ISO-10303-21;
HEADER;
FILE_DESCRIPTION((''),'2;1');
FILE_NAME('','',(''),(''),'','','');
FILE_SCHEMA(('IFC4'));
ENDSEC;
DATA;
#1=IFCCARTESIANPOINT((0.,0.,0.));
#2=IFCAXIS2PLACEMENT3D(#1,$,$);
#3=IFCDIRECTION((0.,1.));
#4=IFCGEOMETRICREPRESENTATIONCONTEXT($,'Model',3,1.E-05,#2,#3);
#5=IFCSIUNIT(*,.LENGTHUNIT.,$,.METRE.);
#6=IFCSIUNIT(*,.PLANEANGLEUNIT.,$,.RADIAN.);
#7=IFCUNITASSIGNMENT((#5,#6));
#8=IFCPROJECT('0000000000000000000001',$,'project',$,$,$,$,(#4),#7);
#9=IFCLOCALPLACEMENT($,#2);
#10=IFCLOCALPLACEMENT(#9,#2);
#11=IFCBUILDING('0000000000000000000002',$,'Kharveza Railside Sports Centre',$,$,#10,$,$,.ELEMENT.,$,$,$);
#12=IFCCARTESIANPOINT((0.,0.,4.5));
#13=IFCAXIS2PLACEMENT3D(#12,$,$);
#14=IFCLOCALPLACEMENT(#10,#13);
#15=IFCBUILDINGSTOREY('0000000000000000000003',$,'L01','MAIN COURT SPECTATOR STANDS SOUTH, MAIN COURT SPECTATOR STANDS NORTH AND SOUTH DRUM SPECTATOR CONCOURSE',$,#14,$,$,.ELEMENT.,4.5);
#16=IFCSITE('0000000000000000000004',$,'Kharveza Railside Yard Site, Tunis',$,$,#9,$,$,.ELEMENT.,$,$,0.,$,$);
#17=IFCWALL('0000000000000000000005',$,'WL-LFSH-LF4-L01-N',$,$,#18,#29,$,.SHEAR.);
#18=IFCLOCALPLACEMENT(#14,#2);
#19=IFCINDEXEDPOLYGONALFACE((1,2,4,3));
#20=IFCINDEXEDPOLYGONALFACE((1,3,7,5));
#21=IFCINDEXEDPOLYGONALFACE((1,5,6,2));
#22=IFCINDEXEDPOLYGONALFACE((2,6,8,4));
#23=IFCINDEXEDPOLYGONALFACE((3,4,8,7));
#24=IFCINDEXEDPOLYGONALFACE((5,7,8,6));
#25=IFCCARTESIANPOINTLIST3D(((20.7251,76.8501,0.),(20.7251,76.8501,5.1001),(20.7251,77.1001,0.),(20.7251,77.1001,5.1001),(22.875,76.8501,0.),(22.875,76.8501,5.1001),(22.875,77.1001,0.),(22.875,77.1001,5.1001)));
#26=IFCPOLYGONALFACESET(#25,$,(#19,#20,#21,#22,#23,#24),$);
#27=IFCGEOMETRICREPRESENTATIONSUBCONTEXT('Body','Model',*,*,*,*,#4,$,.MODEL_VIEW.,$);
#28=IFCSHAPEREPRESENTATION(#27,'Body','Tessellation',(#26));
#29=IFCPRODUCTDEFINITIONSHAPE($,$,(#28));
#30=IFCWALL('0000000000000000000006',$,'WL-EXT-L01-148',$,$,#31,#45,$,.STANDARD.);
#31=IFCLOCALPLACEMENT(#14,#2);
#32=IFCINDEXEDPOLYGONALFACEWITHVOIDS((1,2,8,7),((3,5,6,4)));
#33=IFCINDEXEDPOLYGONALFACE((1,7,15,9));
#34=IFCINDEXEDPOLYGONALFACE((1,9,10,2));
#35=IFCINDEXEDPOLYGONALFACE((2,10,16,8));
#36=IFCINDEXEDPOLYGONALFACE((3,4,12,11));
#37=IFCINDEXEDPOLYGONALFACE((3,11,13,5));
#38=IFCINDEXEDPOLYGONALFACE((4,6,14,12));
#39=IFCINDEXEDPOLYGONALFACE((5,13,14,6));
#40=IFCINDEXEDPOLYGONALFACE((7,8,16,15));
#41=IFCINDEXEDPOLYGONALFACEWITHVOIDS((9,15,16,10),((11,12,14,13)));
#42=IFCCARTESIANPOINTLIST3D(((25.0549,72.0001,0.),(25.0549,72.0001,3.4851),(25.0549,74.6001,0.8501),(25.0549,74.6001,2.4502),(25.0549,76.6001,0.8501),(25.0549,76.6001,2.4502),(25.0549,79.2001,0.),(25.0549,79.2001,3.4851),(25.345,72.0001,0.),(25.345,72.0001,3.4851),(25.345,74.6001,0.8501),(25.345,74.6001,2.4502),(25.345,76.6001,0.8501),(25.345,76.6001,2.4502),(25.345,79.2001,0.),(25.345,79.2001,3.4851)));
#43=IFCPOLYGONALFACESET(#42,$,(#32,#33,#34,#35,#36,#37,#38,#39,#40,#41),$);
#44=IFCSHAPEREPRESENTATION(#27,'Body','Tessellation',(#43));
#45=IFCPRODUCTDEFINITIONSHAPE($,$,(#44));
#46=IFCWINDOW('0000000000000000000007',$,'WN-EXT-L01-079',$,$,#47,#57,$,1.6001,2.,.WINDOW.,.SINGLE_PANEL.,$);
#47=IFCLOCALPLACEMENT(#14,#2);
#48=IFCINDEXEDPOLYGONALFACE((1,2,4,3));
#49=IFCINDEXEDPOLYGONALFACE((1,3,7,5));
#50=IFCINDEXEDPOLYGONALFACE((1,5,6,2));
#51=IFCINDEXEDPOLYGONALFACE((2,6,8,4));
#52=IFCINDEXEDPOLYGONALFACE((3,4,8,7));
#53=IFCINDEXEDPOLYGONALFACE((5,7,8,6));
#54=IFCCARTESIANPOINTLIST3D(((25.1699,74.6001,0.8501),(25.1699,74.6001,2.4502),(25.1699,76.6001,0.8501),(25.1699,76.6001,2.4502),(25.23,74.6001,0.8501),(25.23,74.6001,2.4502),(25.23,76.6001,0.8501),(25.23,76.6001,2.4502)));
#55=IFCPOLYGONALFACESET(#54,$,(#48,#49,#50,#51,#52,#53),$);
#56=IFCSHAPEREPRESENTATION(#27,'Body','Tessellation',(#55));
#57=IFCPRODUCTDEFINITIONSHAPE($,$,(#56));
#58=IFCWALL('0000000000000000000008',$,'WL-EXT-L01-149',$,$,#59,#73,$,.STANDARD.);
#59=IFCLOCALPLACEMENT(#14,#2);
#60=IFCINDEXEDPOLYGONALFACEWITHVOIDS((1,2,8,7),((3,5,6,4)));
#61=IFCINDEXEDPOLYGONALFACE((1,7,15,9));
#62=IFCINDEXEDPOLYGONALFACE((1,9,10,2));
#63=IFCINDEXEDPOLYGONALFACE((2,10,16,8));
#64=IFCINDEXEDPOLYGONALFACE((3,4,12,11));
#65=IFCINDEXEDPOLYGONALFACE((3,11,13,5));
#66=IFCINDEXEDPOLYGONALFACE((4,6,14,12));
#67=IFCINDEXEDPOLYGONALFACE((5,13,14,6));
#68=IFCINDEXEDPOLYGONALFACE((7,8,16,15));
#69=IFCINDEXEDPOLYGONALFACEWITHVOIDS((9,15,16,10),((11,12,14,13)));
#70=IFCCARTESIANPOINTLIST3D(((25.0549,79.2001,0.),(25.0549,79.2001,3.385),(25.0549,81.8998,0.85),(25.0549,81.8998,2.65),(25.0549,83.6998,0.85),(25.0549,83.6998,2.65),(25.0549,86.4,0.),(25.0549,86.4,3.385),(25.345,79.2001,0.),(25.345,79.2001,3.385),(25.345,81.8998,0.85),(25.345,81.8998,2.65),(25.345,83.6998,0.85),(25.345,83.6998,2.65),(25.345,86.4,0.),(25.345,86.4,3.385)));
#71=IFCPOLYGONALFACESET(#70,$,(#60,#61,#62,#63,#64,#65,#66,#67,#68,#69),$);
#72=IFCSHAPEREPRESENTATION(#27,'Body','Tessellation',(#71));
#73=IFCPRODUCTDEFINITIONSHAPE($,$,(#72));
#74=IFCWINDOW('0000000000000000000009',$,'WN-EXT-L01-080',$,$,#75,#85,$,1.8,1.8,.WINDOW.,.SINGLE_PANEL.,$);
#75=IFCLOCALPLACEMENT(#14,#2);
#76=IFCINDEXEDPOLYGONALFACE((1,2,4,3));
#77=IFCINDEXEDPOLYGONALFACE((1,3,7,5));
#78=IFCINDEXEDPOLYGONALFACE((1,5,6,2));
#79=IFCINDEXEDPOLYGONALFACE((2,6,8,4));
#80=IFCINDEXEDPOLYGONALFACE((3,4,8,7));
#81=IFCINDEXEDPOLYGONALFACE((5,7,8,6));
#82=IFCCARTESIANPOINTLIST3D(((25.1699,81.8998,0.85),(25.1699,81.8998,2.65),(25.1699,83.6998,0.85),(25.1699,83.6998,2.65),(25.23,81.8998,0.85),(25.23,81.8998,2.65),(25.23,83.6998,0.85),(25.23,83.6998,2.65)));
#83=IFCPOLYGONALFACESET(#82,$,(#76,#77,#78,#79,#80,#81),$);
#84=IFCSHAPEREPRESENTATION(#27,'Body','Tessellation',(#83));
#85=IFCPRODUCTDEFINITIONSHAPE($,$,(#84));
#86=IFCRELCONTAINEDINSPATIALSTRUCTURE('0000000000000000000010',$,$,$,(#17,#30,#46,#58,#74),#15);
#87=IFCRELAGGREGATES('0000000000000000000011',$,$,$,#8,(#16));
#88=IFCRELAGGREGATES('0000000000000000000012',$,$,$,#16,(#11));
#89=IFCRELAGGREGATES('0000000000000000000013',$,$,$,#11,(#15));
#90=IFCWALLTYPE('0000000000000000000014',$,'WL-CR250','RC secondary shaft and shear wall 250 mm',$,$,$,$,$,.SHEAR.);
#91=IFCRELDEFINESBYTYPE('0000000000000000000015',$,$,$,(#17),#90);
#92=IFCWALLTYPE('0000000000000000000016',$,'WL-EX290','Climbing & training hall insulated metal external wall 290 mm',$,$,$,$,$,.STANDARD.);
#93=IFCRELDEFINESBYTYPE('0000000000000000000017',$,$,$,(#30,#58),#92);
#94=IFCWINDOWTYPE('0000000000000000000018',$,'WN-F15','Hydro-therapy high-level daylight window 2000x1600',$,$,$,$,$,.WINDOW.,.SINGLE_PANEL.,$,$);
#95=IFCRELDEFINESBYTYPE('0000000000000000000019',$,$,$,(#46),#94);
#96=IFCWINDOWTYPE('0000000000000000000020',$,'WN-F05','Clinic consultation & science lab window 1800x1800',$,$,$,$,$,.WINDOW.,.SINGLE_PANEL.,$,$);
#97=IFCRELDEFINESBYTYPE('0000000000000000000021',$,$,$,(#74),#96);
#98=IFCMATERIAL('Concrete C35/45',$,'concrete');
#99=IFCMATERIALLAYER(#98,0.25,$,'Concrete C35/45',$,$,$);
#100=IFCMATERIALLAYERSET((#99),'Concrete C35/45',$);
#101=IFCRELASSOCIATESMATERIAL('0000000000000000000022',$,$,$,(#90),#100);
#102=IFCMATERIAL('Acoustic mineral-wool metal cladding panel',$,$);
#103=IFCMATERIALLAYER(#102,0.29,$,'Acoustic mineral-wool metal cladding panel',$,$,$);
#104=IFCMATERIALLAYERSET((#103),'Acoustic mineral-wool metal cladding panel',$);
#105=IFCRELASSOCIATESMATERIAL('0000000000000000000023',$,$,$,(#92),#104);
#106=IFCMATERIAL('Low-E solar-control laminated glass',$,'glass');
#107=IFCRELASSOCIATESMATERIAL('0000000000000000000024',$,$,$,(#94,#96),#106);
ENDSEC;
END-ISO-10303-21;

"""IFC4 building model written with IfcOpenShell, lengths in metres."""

from ifc_helpers import new_model, si_unit, direction, frame, frame_2d, origin, place, context, subcontext, project, spatial, rectangle, extrude, material, layer, layer_set, type_object, element, fill, save


model = new_model("IFC4")

# Units and contexts
model_context = context("Model", 3, precision=1e-05, world=origin(), true_north=direction((0.0, 1.0)))
body_context = subcontext(model_context, "Body", "Model", "MODEL_VIEW")
ifc_project = project(units=[si_unit("LENGTHUNIT", "METRE"), si_unit("PLANEANGLEUNIT", "RADIAN")], contexts=[model_context])

# Site, building, storey
site_placement = place(None, origin())
site = spatial("IfcSite", under=ifc_project, at=site_placement, Name="Kharveza Railside Yard Site, Tunis", CompositionType="ELEMENT", RefElevation=0.0)
building_placement = place(site_placement, origin())
building = spatial("IfcBuilding", under=site, at=building_placement, Name="Kharveza Railside Sports Centre", CompositionType="ELEMENT")
storey_placement = place(building_placement, frame((0.0, 0.0, 4.5)))
storey = spatial("IfcBuildingStorey", under=building, at=storey_placement, Name="L01", Description="MAIN COURT SPECTATOR STANDS SOUTH, MAIN COURT SPECTATOR STANDS NORTH AND SOUTH DRUM SPECTATOR CONCOURSE", CompositionType="ELEMENT", Elevation=4.5)

# Shared definitions
ifc_material_1 = material(Name="Low-E solar-control laminated glass", Category="glass")

# Wall
ifc_material_2 = material(Name="Concrete C35/45", Category="concrete")
ifc_layer_1 = layer(ifc_material_2, 0.25, Name="Concrete C35/45")
ifc_layer_set_1 = layer_set([ifc_layer_1], Name="Concrete C35/45")
wall_type_1 = type_object("IfcWallType", Name="WL-CR250", Description="RC secondary shaft and shear wall 250 mm", PredefinedType="SHEAR", material=ifc_layer_set_1)
wall_1_placement = place(storey_placement, frame((22.875, 76.9751, 0.0), z_axis=(0.0, 0.0, 1.0), x_axis=(-1.0, 0.0, 0.0)))
element("IfcWall", 1, at=wall_1_placement, inside=storey, type_object=wall_type_1, Name="WL-LFSH-LF4-L01-N", PredefinedType="SHEAR", context=body_context, shape_type="SweptSolid", body=[
    extrude(rectangle(XDim=2.1499, YDim=0.25, at=frame_2d((1.075, 0.0))), origin(), (0.0, 0.0, 1.0), 5.1001),
])

# Walls, openings, windows
ifc_material_3 = material(Name="Acoustic mineral-wool metal cladding panel")
ifc_layer_2 = layer(ifc_material_3, 0.29, Name="Acoustic mineral-wool metal cladding panel")
ifc_layer_set_2 = layer_set([ifc_layer_2], Name="Acoustic mineral-wool metal cladding panel")
wall_type_2 = type_object("IfcWallType", Name="WL-EX290", Description="Climbing & training hall insulated metal external wall 290 mm", PredefinedType="STANDARD", material=ifc_layer_set_2)
wall_2_placement = place(storey_placement, frame((25.2, 72.0, 0.0), z_axis=(0.0, 0.0, 1.0), x_axis=(0.0, 1.0, 0.0)))
wall_2 = element("IfcWall", 2, at=wall_2_placement, inside=storey, type_object=wall_type_2, Name="WL-EXT-L01-148", PredefinedType="STANDARD", context=body_context, shape_type="SweptSolid", body=[
    extrude(rectangle(XDim=7.2, YDim=0.29, at=frame_2d((3.6001, 0.0))), origin(), (0.0, 0.0, 1.0), 3.4851),
])
opening_1_placement = place(wall_2_placement, frame((2.6001, 0.0, 0.8501)))
opening_1 = element("IfcOpeningElement", 3, at=opening_1_placement, cuts=wall_2, PredefinedType="OPENING", context=body_context, shape_type="SweptSolid", body=[
    extrude(rectangle(XDim=2.0, YDim=1.6001, at=frame_2d((1.0, 0.8))), frame((0.0, 0.1699, 0.0), z_axis=(0.0, -1.0, 0.0), x_axis=(1.0, 0.0, 0.0)), (0.0, 0.0, 1.0), 0.3398),
])
window_type_1 = type_object("IfcWindowType", Name="WN-F15", Description="Hydro-therapy high-level daylight window 2000x1600", PartitioningType="SINGLE_PANEL", PredefinedType="WINDOW", material=ifc_material_1)
window_1_placement = place(opening_1_placement, origin())
window_1 = element("IfcWindow", 4, at=window_1_placement, inside=storey, type_object=window_type_1, Name="WN-EXT-L01-079", OverallHeight=1.6001, OverallWidth=2.0, PartitioningType="SINGLE_PANEL", PredefinedType="WINDOW", context=body_context, shape_type="SweptSolid", body=[
    extrude(rectangle(XDim=2.0, YDim=1.6001, at=frame_2d((1.0, 0.8))), frame((0.0, 0.03, 0.0), z_axis=(0.0, -1.0, 0.0), x_axis=(1.0, 0.0, 0.0)), (0.0, 0.0, 1.0), 0.0601),
])
fill(opening_1, window_1)
wall_3_placement = place(storey_placement, frame((25.2, 79.2, 0.0), z_axis=(0.0, 0.0, 1.0), x_axis=(0.0, 1.0, 0.0)))
wall_3 = element("IfcWall", 5, at=wall_3_placement, inside=storey, type_object=wall_type_2, Name="WL-EXT-L01-149", PredefinedType="STANDARD", context=body_context, shape_type="SweptSolid", body=[
    extrude(rectangle(XDim=7.2, YDim=0.29, at=frame_2d((3.6001, 0.0))), origin(), (0.0, 0.0, 1.0), 3.385),
])
opening_2_placement = place(wall_3_placement, frame((2.7, 0.0, 0.8501)))
opening_2 = element("IfcOpeningElement", 6, at=opening_2_placement, cuts=wall_3, PredefinedType="OPENING", context=body_context, shape_type="SweptSolid", body=[
    extrude(rectangle(XDim=1.8, YDim=1.8, at=frame_2d((0.8999, 0.8999))), frame((0.0, 0.1699, 0.0), z_axis=(0.0, -1.0, 0.0), x_axis=(1.0, 0.0, 0.0)), (0.0, 0.0, 1.0), 0.3398),
])
window_type_2 = type_object("IfcWindowType", Name="WN-F05", Description="Clinic consultation & science lab window 1800x1800", PartitioningType="SINGLE_PANEL", PredefinedType="WINDOW", material=ifc_material_1)
window_2_placement = place(opening_2_placement, origin())
window_2 = element("IfcWindow", 7, at=window_2_placement, inside=storey, type_object=window_type_2, Name="WN-EXT-L01-080", OverallHeight=1.8, OverallWidth=1.8, PartitioningType="SINGLE_PANEL", PredefinedType="WINDOW", context=body_context, shape_type="SweptSolid", body=[
    extrude(rectangle(XDim=1.8, YDim=1.8, at=frame_2d((0.8999, 0.8999))), frame((0.0, 0.03, 0.0), z_axis=(0.0, -1.0, 0.0), x_axis=(1.0, 0.0, 0.0)), (0.0, 0.0, 1.0), 0.0601),
])
fill(opening_2, window_2)

save(model, "model.ifc")
